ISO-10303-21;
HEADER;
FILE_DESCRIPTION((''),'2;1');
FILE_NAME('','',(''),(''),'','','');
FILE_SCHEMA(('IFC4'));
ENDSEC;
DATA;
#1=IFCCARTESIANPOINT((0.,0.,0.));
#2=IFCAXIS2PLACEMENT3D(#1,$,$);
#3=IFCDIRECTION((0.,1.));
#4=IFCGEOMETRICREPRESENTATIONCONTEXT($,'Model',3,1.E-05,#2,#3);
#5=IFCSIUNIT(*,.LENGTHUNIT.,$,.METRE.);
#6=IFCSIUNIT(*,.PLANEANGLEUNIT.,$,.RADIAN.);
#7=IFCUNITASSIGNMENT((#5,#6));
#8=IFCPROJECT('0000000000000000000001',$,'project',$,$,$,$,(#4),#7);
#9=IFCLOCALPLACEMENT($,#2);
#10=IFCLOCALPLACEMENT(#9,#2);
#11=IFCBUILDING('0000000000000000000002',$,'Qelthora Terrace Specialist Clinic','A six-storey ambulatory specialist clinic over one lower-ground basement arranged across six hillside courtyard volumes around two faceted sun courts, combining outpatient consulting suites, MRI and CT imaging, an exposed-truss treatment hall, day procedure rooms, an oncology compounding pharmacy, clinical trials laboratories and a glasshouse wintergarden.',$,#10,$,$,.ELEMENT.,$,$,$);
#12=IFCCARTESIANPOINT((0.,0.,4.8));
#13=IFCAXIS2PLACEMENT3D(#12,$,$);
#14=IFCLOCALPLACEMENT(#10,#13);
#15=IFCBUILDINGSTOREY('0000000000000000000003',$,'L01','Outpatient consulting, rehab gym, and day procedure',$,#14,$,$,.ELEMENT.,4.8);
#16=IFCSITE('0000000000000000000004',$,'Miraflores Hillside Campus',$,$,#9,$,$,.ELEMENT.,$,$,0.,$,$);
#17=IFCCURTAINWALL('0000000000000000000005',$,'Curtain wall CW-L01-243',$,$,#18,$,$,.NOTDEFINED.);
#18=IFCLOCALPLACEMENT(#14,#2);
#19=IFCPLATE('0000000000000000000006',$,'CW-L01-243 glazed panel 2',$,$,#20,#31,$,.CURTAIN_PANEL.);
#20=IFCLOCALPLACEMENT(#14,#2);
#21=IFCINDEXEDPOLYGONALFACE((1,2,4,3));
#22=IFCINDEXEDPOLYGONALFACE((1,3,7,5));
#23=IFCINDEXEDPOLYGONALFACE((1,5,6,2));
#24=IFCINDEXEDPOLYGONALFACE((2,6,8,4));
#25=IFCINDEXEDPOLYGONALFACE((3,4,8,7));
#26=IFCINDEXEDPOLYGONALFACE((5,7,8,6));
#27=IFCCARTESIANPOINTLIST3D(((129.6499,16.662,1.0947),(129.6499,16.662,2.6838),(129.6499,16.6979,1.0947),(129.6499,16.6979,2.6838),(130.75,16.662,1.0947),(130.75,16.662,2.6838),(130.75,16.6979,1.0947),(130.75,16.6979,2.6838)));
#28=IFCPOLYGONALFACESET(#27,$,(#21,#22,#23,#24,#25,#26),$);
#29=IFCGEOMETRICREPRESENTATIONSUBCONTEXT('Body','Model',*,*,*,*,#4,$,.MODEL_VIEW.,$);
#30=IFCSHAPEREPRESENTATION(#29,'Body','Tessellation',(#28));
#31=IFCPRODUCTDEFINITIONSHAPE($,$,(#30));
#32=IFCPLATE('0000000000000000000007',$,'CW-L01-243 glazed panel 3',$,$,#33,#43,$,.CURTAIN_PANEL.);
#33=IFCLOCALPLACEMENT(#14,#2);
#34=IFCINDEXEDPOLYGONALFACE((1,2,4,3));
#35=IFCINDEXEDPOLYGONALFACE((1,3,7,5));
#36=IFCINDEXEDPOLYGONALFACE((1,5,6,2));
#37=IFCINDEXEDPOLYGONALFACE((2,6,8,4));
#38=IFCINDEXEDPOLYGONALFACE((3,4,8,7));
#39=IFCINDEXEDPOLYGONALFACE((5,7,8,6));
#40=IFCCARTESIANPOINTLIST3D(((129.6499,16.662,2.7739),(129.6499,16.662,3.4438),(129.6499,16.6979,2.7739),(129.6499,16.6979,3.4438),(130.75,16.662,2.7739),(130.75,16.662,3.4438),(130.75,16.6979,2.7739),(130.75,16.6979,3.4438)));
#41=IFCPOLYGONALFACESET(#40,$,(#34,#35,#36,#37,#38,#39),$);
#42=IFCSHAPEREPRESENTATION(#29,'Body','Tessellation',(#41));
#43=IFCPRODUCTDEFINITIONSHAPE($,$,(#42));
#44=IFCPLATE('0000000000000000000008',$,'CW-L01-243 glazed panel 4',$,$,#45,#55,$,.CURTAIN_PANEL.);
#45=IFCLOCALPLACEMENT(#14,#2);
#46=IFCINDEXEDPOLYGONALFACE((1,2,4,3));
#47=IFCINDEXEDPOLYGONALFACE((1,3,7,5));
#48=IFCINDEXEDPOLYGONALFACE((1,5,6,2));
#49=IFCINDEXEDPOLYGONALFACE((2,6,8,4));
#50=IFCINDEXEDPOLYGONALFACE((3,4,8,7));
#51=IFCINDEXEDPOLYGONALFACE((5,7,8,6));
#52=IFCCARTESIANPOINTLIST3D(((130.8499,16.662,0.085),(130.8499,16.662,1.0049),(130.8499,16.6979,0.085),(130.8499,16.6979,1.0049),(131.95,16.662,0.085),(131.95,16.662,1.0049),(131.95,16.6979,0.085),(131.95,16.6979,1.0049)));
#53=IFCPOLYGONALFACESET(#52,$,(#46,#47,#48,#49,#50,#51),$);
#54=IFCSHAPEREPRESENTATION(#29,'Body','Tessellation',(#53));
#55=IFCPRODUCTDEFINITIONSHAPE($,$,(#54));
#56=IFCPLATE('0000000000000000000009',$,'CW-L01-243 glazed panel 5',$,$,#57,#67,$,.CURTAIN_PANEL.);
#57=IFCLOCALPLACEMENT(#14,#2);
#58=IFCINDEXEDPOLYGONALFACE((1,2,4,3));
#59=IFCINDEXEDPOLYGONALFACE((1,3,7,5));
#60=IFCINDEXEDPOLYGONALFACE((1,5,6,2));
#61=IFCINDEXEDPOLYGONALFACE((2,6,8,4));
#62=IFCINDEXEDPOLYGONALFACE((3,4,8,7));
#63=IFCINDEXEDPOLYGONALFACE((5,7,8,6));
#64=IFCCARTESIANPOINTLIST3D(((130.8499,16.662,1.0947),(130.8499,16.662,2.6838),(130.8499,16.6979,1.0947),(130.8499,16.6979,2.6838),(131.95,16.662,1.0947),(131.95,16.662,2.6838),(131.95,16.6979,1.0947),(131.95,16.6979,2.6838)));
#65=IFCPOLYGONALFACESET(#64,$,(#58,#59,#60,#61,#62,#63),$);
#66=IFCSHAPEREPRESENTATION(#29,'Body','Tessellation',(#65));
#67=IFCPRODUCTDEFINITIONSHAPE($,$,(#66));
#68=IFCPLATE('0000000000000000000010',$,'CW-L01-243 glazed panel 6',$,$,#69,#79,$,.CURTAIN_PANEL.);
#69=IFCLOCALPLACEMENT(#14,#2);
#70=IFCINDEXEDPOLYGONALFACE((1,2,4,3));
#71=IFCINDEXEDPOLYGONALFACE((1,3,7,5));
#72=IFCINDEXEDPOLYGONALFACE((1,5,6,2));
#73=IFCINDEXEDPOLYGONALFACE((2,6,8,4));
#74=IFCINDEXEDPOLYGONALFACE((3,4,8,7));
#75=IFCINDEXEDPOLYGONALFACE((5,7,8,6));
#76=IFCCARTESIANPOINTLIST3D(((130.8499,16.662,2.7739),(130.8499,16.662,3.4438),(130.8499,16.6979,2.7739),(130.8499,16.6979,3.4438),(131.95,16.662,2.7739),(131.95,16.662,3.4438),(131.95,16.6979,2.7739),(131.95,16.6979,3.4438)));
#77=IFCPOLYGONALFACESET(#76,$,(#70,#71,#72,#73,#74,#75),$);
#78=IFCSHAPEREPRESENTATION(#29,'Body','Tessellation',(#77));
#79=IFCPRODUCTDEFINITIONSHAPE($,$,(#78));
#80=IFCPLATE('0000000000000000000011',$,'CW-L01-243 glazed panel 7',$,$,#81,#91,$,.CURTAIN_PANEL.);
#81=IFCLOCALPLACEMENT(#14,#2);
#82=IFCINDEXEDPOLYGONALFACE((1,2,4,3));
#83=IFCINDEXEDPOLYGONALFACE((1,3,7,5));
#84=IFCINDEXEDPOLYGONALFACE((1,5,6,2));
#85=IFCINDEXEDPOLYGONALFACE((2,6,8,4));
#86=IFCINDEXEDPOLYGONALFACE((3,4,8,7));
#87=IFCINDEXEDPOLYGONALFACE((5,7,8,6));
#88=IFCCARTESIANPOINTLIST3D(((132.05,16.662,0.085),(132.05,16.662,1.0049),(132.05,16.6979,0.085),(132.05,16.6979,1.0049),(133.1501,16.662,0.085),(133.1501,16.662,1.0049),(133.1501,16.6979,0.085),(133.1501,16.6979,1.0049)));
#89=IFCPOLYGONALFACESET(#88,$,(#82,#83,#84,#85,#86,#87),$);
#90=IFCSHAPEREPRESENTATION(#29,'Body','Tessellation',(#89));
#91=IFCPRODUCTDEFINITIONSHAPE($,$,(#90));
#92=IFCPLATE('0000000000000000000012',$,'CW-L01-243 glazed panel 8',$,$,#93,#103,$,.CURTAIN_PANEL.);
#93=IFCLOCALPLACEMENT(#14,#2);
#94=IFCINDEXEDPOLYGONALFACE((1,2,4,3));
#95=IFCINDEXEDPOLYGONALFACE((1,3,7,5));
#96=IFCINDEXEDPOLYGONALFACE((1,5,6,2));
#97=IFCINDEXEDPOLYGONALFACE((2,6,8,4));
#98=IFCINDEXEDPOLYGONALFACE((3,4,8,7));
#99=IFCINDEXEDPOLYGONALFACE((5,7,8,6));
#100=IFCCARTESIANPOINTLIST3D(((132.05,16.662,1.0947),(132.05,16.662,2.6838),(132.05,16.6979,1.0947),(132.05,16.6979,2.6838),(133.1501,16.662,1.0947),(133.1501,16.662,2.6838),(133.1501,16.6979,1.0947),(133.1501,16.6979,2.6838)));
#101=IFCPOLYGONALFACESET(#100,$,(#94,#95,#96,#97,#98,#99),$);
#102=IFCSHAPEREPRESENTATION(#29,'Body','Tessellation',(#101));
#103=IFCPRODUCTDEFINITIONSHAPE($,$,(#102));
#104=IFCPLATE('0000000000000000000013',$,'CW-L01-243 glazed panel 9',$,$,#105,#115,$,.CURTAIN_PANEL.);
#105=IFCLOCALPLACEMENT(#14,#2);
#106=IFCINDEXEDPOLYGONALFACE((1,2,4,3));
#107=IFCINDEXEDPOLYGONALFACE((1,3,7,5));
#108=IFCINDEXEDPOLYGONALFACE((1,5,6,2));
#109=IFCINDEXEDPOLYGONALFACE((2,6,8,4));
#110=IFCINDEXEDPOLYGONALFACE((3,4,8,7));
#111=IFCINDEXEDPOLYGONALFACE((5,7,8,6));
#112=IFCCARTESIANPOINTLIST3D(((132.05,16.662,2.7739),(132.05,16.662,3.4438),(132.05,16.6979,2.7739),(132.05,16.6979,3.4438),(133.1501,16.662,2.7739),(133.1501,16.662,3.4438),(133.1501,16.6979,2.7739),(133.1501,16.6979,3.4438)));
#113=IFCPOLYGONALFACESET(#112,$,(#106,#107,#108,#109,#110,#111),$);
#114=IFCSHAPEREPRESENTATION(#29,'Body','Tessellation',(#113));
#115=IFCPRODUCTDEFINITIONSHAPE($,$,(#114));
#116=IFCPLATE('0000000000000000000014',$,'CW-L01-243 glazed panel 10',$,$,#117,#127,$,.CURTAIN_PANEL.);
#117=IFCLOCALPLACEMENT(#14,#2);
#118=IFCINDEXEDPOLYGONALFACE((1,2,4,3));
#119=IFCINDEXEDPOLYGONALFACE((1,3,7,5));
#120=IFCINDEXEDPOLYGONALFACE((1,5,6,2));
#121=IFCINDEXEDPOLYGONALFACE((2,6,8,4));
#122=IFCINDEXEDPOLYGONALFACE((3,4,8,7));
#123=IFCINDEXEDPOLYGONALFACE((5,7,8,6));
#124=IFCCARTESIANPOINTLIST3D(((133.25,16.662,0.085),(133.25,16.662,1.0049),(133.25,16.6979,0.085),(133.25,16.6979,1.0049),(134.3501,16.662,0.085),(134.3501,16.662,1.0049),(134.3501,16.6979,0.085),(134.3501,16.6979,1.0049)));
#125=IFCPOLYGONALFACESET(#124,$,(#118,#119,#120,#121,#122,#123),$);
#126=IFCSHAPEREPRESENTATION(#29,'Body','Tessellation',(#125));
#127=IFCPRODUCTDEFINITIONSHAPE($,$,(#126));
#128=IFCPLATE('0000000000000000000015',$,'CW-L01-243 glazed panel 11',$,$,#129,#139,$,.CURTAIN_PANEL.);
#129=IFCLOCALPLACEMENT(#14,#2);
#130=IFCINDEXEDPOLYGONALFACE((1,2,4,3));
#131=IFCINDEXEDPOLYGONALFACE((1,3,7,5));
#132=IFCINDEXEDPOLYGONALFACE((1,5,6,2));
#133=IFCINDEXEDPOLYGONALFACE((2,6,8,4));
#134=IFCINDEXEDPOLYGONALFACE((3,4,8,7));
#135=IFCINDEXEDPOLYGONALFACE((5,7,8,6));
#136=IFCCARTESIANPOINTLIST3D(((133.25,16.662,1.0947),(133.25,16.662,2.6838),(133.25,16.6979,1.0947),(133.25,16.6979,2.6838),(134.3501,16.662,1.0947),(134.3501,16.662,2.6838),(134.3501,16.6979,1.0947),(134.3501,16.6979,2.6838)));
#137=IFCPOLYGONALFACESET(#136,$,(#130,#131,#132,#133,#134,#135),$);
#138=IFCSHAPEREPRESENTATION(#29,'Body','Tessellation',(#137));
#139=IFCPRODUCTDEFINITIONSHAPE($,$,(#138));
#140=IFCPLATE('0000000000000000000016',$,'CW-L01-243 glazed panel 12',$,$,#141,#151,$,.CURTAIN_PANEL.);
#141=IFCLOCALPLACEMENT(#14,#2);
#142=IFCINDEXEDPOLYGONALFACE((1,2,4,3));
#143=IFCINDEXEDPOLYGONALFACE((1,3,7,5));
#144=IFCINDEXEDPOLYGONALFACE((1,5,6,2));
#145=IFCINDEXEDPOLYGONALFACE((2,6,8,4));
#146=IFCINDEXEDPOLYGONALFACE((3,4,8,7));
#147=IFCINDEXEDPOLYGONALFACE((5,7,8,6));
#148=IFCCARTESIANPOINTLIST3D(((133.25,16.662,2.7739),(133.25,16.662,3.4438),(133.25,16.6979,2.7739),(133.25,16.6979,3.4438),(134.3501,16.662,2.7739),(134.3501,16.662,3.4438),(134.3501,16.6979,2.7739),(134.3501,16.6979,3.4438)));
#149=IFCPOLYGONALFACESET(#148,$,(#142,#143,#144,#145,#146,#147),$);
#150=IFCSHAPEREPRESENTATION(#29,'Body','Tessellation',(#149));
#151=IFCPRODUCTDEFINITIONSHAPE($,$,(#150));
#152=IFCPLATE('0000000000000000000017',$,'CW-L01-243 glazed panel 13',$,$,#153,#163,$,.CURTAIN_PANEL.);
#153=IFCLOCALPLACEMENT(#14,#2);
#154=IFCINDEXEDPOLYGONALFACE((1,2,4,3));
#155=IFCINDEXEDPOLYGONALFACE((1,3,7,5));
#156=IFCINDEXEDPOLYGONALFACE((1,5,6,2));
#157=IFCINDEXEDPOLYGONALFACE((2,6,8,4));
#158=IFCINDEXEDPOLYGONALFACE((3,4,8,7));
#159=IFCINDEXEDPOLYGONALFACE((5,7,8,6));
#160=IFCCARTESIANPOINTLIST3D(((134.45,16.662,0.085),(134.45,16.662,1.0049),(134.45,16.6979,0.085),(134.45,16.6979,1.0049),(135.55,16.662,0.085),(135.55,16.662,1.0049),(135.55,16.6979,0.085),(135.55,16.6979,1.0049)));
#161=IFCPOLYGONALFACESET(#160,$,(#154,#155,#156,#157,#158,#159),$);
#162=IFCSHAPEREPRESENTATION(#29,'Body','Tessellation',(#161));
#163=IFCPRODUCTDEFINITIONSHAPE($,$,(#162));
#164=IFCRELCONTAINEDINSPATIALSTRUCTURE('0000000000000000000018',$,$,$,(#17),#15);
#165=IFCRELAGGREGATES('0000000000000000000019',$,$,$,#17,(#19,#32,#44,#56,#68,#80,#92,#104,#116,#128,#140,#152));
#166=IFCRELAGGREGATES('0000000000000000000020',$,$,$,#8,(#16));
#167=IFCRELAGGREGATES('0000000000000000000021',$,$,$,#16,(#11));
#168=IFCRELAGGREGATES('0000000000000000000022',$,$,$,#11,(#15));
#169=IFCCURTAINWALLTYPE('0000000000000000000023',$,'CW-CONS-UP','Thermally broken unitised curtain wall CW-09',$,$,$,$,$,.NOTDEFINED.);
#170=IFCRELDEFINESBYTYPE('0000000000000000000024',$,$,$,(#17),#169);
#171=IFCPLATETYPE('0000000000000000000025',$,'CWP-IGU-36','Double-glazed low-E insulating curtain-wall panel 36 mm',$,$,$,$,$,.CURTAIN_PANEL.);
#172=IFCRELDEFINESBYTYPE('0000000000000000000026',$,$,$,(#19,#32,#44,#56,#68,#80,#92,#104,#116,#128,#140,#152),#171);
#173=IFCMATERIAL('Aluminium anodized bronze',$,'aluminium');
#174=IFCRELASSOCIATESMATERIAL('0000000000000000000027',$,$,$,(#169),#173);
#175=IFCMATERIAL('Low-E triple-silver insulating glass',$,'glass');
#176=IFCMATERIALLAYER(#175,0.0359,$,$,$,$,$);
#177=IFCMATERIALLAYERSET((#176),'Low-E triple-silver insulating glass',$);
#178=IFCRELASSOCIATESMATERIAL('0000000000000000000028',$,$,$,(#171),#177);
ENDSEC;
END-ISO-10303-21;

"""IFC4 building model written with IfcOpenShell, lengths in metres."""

from ifc_helpers import new_model, si_unit, direction, frame, origin, origin_2d, place, context, subcontext, project, spatial, rectangle, extrude, material, layer, layer_set, type_object, element, aggregate, save


model = new_model("IFC4")

# Units and contexts
model_context = context("Model", 3, precision=1e-05, world=origin(), true_north=direction((0.0, 1.0)))
body_context = subcontext(model_context, "Body", "Model", "MODEL_VIEW")
ifc_project = project(units=[si_unit("LENGTHUNIT", "METRE"), si_unit("PLANEANGLEUNIT", "RADIAN")], contexts=[model_context])

# Site, building, storey
site_placement = place(None, origin())
site = spatial("IfcSite", under=ifc_project, at=site_placement, Name="Miraflores Hillside Campus", CompositionType="ELEMENT", RefElevation=0.0)
building_placement = place(site_placement, origin())
building = spatial("IfcBuilding", under=site, at=building_placement, Name="Qelthora Terrace Specialist Clinic", Description="A six-storey ambulatory specialist clinic over one lower-ground basement arranged across six hillside courtyard volumes around two faceted sun courts, combining outpatient consulting suites, MRI and CT imaging, an exposed-truss treatment hall, day procedure rooms, an oncology compounding pharmacy, clinical trials laboratories and a glasshouse wintergarden.", CompositionType="ELEMENT")
storey_placement = place(building_placement, frame((0.0, 0.0, 4.8)))
storey = spatial("IfcBuildingStorey", under=building, at=storey_placement, Name="L01", Description="Outpatient consulting, rehab gym, and day procedure", CompositionType="ELEMENT", Elevation=4.8)

# Curtain wall
ifc_material_1 = material(Name="Aluminium anodized bronze", Category="aluminium")
curtain_wall_type = type_object("IfcCurtainWallType", Name="CW-CONS-UP", Description="Thermally broken unitised curtain wall CW-09", PredefinedType="NOTDEFINED", material=ifc_material_1)
curtain_wall_1_placement = place(storey_placement, origin())
curtain_wall_1 = element("IfcCurtainWall", 1, at=curtain_wall_1_placement, inside=storey, type_object=curtain_wall_type, Name="Curtain wall CW-L01-243", PredefinedType="NOTDEFINED")

# Plates
ifc_material_2 = material(Name="Low-E triple-silver insulating glass", Category="glass")
ifc_layer = layer(ifc_material_2, 0.0359)
ifc_layer_set = layer_set([ifc_layer], Name="Low-E triple-silver insulating glass")
plate_type = type_object("IfcPlateType", Name="CWP-IGU-36", Description="Double-glazed low-E insulating curtain-wall panel 36 mm", PredefinedType="CURTAIN_PANEL", material=ifc_layer_set)
plate_1_placement = place(storey_placement, frame((130.2, 16.6799, 1.0947), z_axis=(0.0, 0.0, 1.0), x_axis=(1.0, 0.0, 0.0)))
plate_1 = element("IfcPlate", 2, at=plate_1_placement, type_object=plate_type, Name="CW-L01-243 glazed panel 2", PredefinedType="CURTAIN_PANEL", context=body_context, shape_type="SweptSolid", body=[
    extrude(rectangle(XDim=1.1001, YDim=0.0359, at=origin_2d()), origin(), (0.0, 0.0, 1.0), 1.5891),
])
plate_2_placement = place(storey_placement, frame((130.2, 16.6799, 2.7739), z_axis=(0.0, 0.0, 1.0), x_axis=(1.0, 0.0, 0.0)))
plate_2 = element("IfcPlate", 3, at=plate_2_placement, type_object=plate_type, Name="CW-L01-243 glazed panel 3", PredefinedType="CURTAIN_PANEL", context=body_context, shape_type="SweptSolid", body=[
    extrude(rectangle(XDim=1.1001, YDim=0.0359, at=origin_2d()), origin(), (0.0, 0.0, 1.0), 0.6699),
])
plate_3_placement = place(storey_placement, frame((131.3999, 16.6799, 0.085), z_axis=(0.0, 0.0, 1.0), x_axis=(1.0, 0.0, 0.0)))
plate_3 = element("IfcPlate", 4, at=plate_3_placement, type_object=plate_type, Name="CW-L01-243 glazed panel 4", PredefinedType="CURTAIN_PANEL", context=body_context, shape_type="SweptSolid", body=[
    extrude(rectangle(XDim=1.1001, YDim=0.0359, at=origin_2d()), origin(), (0.0, 0.0, 1.0), 0.9199),
])
plate_4_placement = place(storey_placement, frame((131.3999, 16.6799, 1.0947), z_axis=(0.0, 0.0, 1.0), x_axis=(1.0, 0.0, 0.0)))
plate_4 = element("IfcPlate", 5, at=plate_4_placement, type_object=plate_type, Name="CW-L01-243 glazed panel 5", PredefinedType="CURTAIN_PANEL", context=body_context, shape_type="SweptSolid", body=[
    extrude(rectangle(XDim=1.1001, YDim=0.0359, at=origin_2d()), origin(), (0.0, 0.0, 1.0), 1.5891),
])
plate_5_placement = place(storey_placement, frame((131.3999, 16.6799, 2.7739), z_axis=(0.0, 0.0, 1.0), x_axis=(1.0, 0.0, 0.0)))
plate_5 = element("IfcPlate", 6, at=plate_5_placement, type_object=plate_type, Name="CW-L01-243 glazed panel 6", PredefinedType="CURTAIN_PANEL", context=body_context, shape_type="SweptSolid", body=[
    extrude(rectangle(XDim=1.1001, YDim=0.0359, at=origin_2d()), origin(), (0.0, 0.0, 1.0), 0.6699),
])
plate_6_placement = place(storey_placement, frame((132.6001, 16.6799, 0.085), z_axis=(0.0, 0.0, 1.0), x_axis=(1.0, 0.0, 0.0)))
plate_6 = element("IfcPlate", 7, at=plate_6_placement, type_object=plate_type, Name="CW-L01-243 glazed panel 7", PredefinedType="CURTAIN_PANEL", context=body_context, shape_type="SweptSolid", body=[
    extrude(rectangle(XDim=1.1001, YDim=0.0359, at=origin_2d()), origin(), (0.0, 0.0, 1.0), 0.9199),
])
plate_7_placement = place(storey_placement, frame((132.6001, 16.6799, 1.0947), z_axis=(0.0, 0.0, 1.0), x_axis=(1.0, 0.0, 0.0)))
plate_7 = element("IfcPlate", 8, at=plate_7_placement, type_object=plate_type, Name="CW-L01-243 glazed panel 8", PredefinedType="CURTAIN_PANEL", context=body_context, shape_type="SweptSolid", body=[
    extrude(rectangle(XDim=1.1001, YDim=0.0359, at=origin_2d()), origin(), (0.0, 0.0, 1.0), 1.5891),
])
plate_8_placement = place(storey_placement, frame((132.6001, 16.6799, 2.7739), z_axis=(0.0, 0.0, 1.0), x_axis=(1.0, 0.0, 0.0)))
plate_8 = element("IfcPlate", 9, at=plate_8_placement, type_object=plate_type, Name="CW-L01-243 glazed panel 9", PredefinedType="CURTAIN_PANEL", context=body_context, shape_type="SweptSolid", body=[
    extrude(rectangle(XDim=1.1001, YDim=0.0359, at=origin_2d()), origin(), (0.0, 0.0, 1.0), 0.6699),
])
plate_9_placement = place(storey_placement, frame((133.8, 16.6799, 0.085), z_axis=(0.0, 0.0, 1.0), x_axis=(1.0, 0.0, 0.0)))
plate_9 = element("IfcPlate", 10, at=plate_9_placement, type_object=plate_type, Name="CW-L01-243 glazed panel 10", PredefinedType="CURTAIN_PANEL", context=body_context, shape_type="SweptSolid", body=[
    extrude(rectangle(XDim=1.1001, YDim=0.0359, at=origin_2d()), origin(), (0.0, 0.0, 1.0), 0.9199),
])
plate_10_placement = place(storey_placement, frame((133.8, 16.6799, 1.0947), z_axis=(0.0, 0.0, 1.0), x_axis=(1.0, 0.0, 0.0)))
plate_10 = element("IfcPlate", 11, at=plate_10_placement, type_object=plate_type, Name="CW-L01-243 glazed panel 11", PredefinedType="CURTAIN_PANEL", context=body_context, shape_type="SweptSolid", body=[
    extrude(rectangle(XDim=1.1001, YDim=0.0359, at=origin_2d()), origin(), (0.0, 0.0, 1.0), 1.5891),
])
plate_11_placement = place(storey_placement, frame((133.8, 16.6799, 2.7739), z_axis=(0.0, 0.0, 1.0), x_axis=(1.0, 0.0, 0.0)))
plate_11 = element("IfcPlate", 12, at=plate_11_placement, type_object=plate_type, Name="CW-L01-243 glazed panel 12", PredefinedType="CURTAIN_PANEL", context=body_context, shape_type="SweptSolid", body=[
    extrude(rectangle(XDim=1.1001, YDim=0.0359, at=origin_2d()), origin(), (0.0, 0.0, 1.0), 0.6699),
])
plate_12_placement = place(storey_placement, frame((135.0, 16.6799, 0.085), z_axis=(0.0, 0.0, 1.0), x_axis=(1.0, 0.0, 0.0)))
plate_12 = element("IfcPlate", 13, at=plate_12_placement, type_object=plate_type, Name="CW-L01-243 glazed panel 13", PredefinedType="CURTAIN_PANEL", context=body_context, shape_type="SweptSolid", body=[
    extrude(rectangle(XDim=1.1001, YDim=0.0359, at=origin_2d()), origin(), (0.0, 0.0, 1.0), 0.9199),
])
aggregate(curtain_wall_1, [plate_1, plate_2, plate_3, plate_4, plate_5, plate_6, plate_7, plate_8, plate_9, plate_10, plate_11, plate_12])

save(model, "model.ifc")
